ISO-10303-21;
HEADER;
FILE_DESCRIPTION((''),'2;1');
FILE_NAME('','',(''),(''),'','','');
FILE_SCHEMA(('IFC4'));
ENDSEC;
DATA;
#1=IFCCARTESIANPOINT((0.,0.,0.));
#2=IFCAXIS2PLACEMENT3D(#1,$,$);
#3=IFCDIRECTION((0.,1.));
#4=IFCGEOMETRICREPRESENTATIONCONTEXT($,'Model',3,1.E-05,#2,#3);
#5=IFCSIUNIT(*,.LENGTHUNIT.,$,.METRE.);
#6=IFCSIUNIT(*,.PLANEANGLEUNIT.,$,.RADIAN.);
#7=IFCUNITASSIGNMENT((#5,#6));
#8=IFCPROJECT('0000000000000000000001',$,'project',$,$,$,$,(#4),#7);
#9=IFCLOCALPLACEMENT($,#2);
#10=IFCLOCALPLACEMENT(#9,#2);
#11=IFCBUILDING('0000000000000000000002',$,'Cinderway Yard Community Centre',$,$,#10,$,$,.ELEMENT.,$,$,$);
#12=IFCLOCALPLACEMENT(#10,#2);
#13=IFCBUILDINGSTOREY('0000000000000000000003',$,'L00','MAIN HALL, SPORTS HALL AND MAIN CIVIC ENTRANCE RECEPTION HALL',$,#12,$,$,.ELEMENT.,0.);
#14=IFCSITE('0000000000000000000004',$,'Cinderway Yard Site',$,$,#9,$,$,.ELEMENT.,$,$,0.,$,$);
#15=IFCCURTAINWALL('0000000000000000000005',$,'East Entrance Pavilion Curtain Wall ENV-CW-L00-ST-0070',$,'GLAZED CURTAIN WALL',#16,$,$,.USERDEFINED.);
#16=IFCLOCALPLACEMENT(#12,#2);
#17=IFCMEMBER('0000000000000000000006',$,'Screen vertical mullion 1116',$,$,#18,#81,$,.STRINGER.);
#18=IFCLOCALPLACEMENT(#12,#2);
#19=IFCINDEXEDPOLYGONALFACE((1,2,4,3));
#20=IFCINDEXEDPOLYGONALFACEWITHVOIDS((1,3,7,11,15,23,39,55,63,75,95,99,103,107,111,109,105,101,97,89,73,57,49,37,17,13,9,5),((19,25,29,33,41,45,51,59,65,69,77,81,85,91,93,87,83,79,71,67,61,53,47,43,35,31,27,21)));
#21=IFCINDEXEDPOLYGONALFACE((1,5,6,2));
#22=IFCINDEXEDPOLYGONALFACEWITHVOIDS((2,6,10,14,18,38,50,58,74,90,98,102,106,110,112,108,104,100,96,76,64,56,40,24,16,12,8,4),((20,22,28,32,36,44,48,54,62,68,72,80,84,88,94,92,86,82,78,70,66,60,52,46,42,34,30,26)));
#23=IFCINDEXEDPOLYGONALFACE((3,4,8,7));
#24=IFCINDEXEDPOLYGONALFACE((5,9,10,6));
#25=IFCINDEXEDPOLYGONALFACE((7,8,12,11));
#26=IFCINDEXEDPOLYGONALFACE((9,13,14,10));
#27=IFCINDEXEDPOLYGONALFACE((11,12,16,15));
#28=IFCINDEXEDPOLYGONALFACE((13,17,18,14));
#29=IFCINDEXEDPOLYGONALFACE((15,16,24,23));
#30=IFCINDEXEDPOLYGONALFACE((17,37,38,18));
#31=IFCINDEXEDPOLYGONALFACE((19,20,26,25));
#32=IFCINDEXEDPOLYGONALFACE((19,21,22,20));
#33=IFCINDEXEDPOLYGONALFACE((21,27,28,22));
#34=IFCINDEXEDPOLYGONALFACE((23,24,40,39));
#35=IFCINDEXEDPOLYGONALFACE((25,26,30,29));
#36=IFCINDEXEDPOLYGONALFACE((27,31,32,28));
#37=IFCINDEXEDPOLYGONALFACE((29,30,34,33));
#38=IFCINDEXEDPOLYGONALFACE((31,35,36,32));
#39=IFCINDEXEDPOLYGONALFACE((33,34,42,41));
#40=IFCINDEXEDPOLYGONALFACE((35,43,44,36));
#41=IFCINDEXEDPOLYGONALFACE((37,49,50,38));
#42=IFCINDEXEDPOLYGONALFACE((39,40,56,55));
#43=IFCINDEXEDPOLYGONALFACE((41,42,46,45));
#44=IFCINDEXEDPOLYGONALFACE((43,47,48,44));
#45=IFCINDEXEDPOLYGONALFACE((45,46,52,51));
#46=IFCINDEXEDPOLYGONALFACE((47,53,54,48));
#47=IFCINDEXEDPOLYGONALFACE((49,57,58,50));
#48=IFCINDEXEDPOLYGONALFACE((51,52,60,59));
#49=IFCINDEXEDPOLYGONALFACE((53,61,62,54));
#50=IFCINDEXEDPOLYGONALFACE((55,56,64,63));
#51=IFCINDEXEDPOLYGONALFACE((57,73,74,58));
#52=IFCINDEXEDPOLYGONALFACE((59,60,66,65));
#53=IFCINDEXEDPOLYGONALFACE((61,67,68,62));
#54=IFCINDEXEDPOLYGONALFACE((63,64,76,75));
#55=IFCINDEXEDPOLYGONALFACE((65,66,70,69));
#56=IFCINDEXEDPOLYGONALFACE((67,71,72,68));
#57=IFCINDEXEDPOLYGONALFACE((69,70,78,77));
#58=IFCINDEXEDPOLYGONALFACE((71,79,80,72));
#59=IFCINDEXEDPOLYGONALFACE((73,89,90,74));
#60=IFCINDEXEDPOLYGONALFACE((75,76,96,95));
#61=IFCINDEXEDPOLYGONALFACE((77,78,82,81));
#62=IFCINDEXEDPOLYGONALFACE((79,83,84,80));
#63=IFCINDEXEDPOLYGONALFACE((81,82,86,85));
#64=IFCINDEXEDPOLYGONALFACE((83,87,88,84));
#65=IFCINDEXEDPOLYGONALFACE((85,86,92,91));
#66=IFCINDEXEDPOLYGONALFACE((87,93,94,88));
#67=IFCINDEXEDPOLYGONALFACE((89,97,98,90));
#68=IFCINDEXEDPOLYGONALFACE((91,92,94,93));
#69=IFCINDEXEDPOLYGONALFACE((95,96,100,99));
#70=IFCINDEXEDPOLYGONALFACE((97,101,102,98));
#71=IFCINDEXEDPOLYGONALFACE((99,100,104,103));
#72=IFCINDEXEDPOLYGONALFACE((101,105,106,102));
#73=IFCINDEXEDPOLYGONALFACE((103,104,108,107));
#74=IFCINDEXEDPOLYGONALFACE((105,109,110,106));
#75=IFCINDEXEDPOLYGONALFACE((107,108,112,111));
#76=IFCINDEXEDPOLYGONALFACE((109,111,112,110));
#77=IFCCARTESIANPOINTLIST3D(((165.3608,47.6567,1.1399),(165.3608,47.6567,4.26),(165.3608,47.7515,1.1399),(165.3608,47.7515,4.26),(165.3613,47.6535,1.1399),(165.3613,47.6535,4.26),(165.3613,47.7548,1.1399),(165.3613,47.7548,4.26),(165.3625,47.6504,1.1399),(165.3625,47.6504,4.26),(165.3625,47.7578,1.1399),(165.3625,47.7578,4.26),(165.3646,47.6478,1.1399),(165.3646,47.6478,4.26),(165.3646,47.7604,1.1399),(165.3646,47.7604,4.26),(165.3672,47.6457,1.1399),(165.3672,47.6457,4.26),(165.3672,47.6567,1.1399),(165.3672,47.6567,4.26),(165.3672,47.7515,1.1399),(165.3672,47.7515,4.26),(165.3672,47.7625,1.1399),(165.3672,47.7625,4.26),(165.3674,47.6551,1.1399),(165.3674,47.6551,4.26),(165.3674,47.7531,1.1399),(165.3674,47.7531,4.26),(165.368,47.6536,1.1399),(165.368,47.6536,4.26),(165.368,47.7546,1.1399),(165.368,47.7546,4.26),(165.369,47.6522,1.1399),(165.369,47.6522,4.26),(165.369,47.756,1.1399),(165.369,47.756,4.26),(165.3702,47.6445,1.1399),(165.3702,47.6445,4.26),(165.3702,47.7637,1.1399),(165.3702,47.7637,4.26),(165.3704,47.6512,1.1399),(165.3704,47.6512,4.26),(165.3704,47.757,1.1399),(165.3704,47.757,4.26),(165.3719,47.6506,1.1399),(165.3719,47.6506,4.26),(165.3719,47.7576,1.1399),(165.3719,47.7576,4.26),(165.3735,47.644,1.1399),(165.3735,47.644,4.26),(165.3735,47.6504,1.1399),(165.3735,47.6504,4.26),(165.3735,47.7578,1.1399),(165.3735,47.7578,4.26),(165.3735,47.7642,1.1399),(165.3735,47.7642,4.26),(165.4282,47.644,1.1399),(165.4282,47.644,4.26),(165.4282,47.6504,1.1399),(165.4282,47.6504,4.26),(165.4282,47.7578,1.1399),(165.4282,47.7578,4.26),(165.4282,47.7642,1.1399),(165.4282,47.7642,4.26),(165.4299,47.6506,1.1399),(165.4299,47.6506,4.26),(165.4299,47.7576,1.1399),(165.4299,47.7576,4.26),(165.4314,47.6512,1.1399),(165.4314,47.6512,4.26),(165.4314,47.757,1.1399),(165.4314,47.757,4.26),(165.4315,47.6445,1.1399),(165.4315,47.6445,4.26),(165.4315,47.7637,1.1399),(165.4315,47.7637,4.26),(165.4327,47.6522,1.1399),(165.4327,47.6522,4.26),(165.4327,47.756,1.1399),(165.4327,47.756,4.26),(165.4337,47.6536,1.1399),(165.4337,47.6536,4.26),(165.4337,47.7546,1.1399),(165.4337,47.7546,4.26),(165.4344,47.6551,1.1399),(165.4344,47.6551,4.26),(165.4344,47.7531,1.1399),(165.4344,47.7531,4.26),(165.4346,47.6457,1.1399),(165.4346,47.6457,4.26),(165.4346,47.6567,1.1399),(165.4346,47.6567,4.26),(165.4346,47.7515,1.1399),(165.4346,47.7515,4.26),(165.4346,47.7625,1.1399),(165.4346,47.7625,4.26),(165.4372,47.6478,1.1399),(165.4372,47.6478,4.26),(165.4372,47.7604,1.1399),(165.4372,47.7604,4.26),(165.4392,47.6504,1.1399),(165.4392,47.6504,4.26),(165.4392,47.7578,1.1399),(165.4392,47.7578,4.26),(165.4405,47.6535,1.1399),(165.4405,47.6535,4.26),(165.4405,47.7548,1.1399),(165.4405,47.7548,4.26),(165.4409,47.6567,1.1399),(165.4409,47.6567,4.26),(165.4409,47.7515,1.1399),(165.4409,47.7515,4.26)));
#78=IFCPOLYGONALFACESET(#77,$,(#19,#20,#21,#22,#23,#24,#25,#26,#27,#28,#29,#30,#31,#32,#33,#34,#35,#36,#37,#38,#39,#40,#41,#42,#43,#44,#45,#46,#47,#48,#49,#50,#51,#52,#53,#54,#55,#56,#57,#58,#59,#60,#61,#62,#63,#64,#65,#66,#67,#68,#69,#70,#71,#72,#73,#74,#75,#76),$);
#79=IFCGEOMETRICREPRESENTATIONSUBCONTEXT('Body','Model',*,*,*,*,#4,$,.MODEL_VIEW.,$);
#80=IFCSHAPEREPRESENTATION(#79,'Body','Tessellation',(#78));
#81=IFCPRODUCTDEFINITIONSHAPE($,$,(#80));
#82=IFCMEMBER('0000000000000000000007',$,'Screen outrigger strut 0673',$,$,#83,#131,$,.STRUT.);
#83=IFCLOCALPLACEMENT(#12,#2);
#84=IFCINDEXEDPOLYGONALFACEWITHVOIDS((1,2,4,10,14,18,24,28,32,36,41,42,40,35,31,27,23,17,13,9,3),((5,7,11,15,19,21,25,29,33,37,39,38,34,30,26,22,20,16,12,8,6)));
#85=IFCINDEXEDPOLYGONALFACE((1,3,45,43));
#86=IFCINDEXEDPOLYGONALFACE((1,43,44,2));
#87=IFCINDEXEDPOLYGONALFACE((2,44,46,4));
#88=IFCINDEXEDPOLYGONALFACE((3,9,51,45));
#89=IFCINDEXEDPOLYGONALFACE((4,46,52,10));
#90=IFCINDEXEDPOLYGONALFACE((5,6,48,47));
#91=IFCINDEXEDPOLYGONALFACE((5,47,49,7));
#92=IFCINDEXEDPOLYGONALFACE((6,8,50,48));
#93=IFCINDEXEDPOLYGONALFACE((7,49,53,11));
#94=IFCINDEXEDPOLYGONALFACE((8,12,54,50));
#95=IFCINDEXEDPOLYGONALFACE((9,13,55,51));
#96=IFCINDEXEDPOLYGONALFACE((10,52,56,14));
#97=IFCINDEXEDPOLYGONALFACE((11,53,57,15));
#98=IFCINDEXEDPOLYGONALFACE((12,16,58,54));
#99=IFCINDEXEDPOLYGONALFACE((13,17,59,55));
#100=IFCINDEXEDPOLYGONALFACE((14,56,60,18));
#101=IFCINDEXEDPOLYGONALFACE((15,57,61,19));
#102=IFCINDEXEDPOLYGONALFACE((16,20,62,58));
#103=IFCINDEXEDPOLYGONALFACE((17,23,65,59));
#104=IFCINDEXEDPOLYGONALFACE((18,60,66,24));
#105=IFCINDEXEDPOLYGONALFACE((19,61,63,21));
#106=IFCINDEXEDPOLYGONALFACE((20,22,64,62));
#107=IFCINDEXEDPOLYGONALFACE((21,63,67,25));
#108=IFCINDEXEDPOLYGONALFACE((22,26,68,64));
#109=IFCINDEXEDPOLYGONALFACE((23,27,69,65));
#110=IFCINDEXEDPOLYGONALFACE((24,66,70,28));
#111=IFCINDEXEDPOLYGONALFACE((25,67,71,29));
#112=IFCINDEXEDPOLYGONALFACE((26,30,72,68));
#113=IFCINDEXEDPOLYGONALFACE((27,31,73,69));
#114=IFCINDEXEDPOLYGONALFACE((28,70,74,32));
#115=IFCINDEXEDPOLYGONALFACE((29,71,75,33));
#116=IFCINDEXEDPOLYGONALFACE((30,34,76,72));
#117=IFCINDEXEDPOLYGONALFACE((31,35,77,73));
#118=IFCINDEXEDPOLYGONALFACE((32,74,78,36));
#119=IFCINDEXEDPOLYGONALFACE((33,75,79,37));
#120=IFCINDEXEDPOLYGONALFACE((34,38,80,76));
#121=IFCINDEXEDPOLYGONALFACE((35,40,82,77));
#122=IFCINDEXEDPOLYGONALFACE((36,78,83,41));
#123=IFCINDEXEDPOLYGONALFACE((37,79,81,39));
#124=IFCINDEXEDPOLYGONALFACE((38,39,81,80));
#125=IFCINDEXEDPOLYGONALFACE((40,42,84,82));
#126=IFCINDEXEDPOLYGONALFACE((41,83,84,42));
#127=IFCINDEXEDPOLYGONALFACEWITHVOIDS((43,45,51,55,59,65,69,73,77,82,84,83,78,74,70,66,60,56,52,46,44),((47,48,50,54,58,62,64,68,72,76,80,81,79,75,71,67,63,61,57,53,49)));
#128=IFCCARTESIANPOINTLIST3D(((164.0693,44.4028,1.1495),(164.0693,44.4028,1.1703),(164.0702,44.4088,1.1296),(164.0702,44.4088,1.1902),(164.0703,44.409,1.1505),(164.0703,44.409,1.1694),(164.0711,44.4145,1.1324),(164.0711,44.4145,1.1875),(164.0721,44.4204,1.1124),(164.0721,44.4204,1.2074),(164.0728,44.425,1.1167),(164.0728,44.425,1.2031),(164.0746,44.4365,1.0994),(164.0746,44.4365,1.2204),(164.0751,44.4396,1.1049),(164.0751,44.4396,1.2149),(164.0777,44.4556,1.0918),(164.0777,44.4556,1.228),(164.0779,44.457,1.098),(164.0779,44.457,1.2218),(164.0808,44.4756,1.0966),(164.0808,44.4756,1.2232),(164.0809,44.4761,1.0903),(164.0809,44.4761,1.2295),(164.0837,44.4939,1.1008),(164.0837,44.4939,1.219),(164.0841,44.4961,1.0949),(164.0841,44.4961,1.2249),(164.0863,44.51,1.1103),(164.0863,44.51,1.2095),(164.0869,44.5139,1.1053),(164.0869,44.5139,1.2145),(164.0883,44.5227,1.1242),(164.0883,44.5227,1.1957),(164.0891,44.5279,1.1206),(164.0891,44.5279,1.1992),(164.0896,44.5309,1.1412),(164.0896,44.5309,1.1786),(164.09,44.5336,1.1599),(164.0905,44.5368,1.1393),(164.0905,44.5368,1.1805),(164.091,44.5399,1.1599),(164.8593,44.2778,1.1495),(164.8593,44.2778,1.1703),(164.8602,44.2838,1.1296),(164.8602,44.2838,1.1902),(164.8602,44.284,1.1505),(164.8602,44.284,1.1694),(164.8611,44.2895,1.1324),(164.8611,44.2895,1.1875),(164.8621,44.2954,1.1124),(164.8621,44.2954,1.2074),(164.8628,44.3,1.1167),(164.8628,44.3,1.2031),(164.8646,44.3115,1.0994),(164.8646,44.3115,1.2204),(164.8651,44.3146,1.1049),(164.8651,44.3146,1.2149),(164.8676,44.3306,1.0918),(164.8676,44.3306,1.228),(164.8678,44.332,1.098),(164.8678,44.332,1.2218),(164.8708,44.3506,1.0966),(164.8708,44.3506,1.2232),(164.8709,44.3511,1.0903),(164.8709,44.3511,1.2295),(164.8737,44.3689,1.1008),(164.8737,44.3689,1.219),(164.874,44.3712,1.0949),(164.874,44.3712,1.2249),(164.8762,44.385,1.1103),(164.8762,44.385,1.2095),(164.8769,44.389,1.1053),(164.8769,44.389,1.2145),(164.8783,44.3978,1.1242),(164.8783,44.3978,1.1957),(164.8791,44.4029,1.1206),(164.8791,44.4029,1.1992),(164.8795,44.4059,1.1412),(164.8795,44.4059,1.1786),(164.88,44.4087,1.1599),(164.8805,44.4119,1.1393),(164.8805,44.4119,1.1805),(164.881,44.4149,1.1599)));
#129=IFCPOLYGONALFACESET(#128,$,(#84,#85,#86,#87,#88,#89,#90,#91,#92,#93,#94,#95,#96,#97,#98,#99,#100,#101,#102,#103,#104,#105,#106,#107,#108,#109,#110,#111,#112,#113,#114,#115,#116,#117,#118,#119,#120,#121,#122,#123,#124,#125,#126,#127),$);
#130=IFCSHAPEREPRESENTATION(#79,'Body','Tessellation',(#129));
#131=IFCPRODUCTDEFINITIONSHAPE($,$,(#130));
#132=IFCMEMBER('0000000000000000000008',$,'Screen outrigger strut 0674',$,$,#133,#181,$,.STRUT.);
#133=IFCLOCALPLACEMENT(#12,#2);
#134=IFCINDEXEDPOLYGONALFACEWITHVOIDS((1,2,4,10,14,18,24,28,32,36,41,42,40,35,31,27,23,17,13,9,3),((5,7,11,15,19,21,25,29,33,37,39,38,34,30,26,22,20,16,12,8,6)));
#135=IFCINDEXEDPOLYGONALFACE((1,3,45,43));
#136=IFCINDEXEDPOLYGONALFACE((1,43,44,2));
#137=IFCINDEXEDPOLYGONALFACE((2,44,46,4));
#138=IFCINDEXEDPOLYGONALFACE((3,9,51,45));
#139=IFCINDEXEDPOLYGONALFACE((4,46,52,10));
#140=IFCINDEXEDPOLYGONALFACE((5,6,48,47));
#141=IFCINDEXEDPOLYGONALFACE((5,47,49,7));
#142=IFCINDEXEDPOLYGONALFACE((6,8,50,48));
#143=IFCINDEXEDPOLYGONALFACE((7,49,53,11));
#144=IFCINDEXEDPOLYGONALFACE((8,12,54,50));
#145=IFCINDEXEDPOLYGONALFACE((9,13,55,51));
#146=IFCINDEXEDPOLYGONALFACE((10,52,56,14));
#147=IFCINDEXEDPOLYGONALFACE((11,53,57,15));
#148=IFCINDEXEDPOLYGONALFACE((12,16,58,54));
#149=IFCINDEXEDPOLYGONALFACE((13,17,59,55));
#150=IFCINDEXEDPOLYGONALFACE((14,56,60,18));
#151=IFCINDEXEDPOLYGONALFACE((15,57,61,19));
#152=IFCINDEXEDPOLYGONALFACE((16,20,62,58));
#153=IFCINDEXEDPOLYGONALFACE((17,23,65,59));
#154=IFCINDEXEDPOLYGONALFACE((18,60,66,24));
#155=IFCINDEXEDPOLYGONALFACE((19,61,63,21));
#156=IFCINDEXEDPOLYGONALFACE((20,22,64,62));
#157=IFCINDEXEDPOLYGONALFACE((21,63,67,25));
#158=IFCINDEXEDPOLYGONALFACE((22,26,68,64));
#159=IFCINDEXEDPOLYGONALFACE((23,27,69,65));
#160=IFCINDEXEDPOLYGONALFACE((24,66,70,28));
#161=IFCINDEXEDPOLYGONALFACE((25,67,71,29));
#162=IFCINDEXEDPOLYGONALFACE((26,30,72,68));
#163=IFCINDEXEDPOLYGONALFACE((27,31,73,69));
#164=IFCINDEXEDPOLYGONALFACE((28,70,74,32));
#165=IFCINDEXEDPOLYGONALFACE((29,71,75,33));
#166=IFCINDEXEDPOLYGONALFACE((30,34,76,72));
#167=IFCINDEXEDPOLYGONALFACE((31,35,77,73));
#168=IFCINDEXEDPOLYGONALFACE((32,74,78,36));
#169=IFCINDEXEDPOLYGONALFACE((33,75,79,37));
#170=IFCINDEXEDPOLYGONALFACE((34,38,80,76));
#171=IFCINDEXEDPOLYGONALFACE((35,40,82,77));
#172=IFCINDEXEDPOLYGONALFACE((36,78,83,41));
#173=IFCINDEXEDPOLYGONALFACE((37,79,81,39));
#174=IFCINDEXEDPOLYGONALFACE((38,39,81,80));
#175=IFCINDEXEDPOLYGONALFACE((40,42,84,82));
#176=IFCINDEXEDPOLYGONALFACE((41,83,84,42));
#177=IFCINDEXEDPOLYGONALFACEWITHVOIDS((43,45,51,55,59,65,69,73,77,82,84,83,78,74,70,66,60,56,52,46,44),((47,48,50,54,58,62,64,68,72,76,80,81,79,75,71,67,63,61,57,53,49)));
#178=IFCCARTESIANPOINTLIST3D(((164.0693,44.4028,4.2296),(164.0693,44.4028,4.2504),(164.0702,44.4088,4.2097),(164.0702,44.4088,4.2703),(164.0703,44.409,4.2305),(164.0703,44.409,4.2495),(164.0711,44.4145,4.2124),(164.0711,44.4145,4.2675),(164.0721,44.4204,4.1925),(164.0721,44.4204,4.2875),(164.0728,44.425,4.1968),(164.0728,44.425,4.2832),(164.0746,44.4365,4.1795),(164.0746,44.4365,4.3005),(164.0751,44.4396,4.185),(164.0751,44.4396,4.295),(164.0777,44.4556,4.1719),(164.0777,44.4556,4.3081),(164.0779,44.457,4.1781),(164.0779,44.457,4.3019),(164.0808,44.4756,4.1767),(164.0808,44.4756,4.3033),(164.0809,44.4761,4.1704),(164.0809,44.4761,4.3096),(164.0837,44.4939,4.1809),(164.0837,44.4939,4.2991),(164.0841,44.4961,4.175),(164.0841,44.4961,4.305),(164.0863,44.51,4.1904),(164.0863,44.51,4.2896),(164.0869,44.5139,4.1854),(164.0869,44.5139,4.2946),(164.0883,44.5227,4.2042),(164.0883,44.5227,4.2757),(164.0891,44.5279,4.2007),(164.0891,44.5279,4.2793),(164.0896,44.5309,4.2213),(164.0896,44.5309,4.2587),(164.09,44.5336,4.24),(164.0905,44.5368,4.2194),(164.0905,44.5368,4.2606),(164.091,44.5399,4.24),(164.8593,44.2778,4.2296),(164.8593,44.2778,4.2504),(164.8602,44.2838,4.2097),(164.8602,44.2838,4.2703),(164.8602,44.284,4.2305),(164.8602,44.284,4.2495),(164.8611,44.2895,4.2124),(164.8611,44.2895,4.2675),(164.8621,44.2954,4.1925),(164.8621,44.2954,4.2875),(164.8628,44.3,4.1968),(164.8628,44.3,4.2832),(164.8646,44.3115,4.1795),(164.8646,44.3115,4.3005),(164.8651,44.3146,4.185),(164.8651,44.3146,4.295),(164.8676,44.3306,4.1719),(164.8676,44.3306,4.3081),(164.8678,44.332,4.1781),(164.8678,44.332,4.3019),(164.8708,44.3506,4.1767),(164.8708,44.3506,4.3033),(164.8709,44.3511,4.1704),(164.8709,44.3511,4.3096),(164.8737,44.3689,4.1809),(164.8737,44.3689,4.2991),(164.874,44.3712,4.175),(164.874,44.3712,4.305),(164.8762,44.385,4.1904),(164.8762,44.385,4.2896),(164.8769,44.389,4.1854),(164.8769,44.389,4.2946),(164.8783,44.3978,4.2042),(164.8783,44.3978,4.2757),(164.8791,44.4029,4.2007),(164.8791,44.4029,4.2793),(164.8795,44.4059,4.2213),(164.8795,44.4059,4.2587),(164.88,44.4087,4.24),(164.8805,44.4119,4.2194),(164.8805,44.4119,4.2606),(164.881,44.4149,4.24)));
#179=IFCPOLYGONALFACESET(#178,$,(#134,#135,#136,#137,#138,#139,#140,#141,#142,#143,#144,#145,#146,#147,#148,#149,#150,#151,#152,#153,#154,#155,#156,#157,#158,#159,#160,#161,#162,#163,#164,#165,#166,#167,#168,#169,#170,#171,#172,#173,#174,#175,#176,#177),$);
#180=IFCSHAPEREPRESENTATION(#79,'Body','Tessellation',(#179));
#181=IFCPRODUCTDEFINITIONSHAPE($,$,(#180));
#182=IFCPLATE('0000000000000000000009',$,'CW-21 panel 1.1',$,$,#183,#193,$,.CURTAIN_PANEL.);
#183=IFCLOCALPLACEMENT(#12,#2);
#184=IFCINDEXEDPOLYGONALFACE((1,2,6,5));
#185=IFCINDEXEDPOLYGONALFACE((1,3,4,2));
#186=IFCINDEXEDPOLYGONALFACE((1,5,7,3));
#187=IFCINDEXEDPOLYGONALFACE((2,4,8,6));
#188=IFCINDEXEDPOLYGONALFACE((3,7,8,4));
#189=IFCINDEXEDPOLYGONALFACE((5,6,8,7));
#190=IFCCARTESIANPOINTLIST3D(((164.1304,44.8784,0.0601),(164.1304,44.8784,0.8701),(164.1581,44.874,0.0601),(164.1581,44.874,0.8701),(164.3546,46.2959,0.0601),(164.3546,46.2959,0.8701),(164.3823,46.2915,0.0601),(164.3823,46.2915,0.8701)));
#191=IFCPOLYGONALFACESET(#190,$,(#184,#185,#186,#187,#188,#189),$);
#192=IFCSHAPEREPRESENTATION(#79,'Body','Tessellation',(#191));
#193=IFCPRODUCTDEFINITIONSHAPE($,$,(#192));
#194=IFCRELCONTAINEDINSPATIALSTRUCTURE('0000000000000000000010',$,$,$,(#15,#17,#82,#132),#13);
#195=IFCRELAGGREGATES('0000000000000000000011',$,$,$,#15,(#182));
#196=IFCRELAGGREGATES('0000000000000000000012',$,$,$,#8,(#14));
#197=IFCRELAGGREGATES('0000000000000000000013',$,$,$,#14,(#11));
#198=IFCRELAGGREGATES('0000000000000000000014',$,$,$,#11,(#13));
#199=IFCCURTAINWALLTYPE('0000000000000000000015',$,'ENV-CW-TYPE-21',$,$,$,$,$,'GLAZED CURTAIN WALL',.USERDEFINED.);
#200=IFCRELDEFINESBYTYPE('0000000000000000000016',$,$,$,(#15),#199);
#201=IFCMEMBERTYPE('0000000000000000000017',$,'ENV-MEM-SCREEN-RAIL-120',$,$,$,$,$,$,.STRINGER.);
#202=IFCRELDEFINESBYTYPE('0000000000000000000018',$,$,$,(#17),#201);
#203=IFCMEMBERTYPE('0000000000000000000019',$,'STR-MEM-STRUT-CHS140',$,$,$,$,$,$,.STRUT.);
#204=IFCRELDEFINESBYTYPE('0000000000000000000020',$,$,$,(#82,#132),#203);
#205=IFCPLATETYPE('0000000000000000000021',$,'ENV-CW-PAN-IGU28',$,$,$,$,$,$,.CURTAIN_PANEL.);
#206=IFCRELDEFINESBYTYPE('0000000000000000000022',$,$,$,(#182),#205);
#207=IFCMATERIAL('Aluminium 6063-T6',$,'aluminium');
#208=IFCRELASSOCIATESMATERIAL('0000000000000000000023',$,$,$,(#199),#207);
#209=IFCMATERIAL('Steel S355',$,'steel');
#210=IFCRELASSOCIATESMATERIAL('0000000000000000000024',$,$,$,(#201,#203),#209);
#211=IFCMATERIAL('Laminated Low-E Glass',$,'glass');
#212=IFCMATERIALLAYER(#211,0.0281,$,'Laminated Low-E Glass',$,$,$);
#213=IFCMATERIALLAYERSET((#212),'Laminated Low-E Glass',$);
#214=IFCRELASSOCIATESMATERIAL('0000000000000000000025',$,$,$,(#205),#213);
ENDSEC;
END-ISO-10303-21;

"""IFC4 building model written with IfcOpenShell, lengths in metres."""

from ifc_helpers import new_model, si_unit, direction, frame, origin, origin_2d, place, context, subcontext, project, spatial, rectangle, hollow_rectangle, hollow_circle, extrude, material, layer, layer_set, material_profile, profile_set, type_object, element, aggregate, save


model = new_model("IFC4")

# Units and contexts
model_context = context("Model", 3, precision=1e-05, world=origin(), true_north=direction((0.0, 1.0)))
body_context = subcontext(model_context, "Body", "Model", "MODEL_VIEW")
ifc_project = project(units=[si_unit("LENGTHUNIT", "METRE"), si_unit("PLANEANGLEUNIT", "RADIAN")], contexts=[model_context])

# Site, building, storey
site_placement = place(None, origin())
site = spatial("IfcSite", under=ifc_project, at=site_placement, Name="Cinderway Yard Site", CompositionType="ELEMENT", RefElevation=0.0)
building_placement = place(site_placement, origin())
building = spatial("IfcBuilding", under=site, at=building_placement, Name="Cinderway Yard Community Centre", CompositionType="ELEMENT")
storey_placement = place(building_placement, origin())
storey = spatial("IfcBuildingStorey", under=building, at=storey_placement, Name="L00", Description="MAIN HALL, SPORTS HALL AND MAIN CIVIC ENTRANCE RECEPTION HALL", CompositionType="ELEMENT", Elevation=0.0)

# Curtain wall
ifc_material_1 = material(Name="Aluminium 6063-T6", Category="aluminium")
curtain_wall_type = type_object("IfcCurtainWallType", Name="ENV-CW-TYPE-21", ElementType="GLAZED CURTAIN WALL", PredefinedType="USERDEFINED", material=ifc_material_1)
curtain_wall_placement = place(storey_placement, origin())
curtain_wall = element("IfcCurtainWall", 1, at=curtain_wall_placement, inside=storey, type_object=curtain_wall_type, Name="East Entrance Pavilion Curtain Wall ENV-CW-L00-ST-0070", ObjectType="GLAZED CURTAIN WALL", PredefinedType="USERDEFINED")

# Members
ifc_material_2 = material(Name="Steel S355", Category="steel")
ifc_material_profile_1 = material_profile(ifc_material_2, hollow_rectangle(XDim=0.0801, YDim=0.1201, WallThickness=0.0063, InnerFilletRadius=0.0063, OuterFilletRadius=0.0127, at=origin_2d()), Name="Steel S355")
ifc_profile_set_1 = profile_set([ifc_material_profile_1], Name="Steel S355")
member_type_1 = type_object("IfcMemberType", Name="ENV-MEM-SCREEN-RAIL-120", PredefinedType="STRINGER", material=ifc_profile_set_1)
for number, where, z_axis, x_axis, name in (
    (2, (165.4009, 47.7041, 1.1399), (0.0, 0.0, 1.0), (1.0, 0.0, 0.0), "Screen vertical mullion 1116"),
):
    element("IfcMember", number, at=place(storey_placement, frame(where, z_axis=z_axis, x_axis=x_axis)), inside=storey, type_object=member_type_1, Name=name, PredefinedType="STRINGER", context=body_context, shape_type="SweptSolid", body=[
        extrude(hollow_rectangle(XDim=0.0801, YDim=0.1201, WallThickness=0.0063, InnerFilletRadius=0.0063, OuterFilletRadius=0.0127, at=origin_2d()), origin(), (0.0, 0.0, 1.0), 3.1201),
    ])
ifc_material_profile_2 = material_profile(ifc_material_2, hollow_circle(Radius=0.0698, WallThickness=0.0063, at=origin_2d()), Name="Steel S355")
ifc_profile_set_2 = profile_set([ifc_material_profile_2], Name="Steel S355")
member_type_2 = type_object("IfcMemberType", Name="STR-MEM-STRUT-CHS140", PredefinedType="STRUT", material=ifc_profile_set_2)
for number, where, z_axis, x_axis, name in (
    (3, (164.0801, 44.4709, 1.1599), (0.987713, -0.156276, 0.0), (0.156276, 0.987713, 0.0), "Screen outrigger strut 0673"),
    (4, (164.0801, 44.4709, 4.24), (0.987713, -0.156276, 0.0), (0.156276, 0.987713, 0.0), "Screen outrigger strut 0674"),
):
    element("IfcMember", number, at=place(storey_placement, frame(where, z_axis=z_axis, x_axis=x_axis)), inside=storey, type_object=member_type_2, Name=name, PredefinedType="STRUT", context=body_context, shape_type="SweptSolid", body=[
        extrude(hollow_circle(Radius=0.0698, WallThickness=0.0063, at=origin_2d()), origin(), (0.0, 0.0, 1.0), 0.7998),
    ])

# Plate
ifc_material_3 = material(Name="Laminated Low-E Glass", Category="glass")
ifc_layer_1 = layer(ifc_material_3, 0.0281, Name="Laminated Low-E Glass")
ifc_layer_set_1 = layer_set([ifc_layer_1], Name="Laminated Low-E Glass")
plate_type_1 = type_object("IfcPlateType", Name="ENV-CW-PAN-IGU28", PredefinedType="CURTAIN_PANEL", material=ifc_layer_set_1)
plate_1_placement = place(storey_placement, frame((164.2563, 45.585, 0.0601), z_axis=(0.0, 0.0, 1.0), x_axis=(0.156232, 0.98772, 0.0)))
plate_1 = element("IfcPlate", 5, at=plate_1_placement, type_object=plate_type_1, Name="CW-21 panel 1.1", PredefinedType="CURTAIN_PANEL", context=body_context, shape_type="SweptSolid", body=[
    extrude(rectangle(XDim=1.4351, YDim=0.0281, at=origin_2d()), origin(), (0.0, 0.0, 1.0), 0.8101),
])
aggregate(curtain_wall, [plate_1])

save(model, "model.ifc")
